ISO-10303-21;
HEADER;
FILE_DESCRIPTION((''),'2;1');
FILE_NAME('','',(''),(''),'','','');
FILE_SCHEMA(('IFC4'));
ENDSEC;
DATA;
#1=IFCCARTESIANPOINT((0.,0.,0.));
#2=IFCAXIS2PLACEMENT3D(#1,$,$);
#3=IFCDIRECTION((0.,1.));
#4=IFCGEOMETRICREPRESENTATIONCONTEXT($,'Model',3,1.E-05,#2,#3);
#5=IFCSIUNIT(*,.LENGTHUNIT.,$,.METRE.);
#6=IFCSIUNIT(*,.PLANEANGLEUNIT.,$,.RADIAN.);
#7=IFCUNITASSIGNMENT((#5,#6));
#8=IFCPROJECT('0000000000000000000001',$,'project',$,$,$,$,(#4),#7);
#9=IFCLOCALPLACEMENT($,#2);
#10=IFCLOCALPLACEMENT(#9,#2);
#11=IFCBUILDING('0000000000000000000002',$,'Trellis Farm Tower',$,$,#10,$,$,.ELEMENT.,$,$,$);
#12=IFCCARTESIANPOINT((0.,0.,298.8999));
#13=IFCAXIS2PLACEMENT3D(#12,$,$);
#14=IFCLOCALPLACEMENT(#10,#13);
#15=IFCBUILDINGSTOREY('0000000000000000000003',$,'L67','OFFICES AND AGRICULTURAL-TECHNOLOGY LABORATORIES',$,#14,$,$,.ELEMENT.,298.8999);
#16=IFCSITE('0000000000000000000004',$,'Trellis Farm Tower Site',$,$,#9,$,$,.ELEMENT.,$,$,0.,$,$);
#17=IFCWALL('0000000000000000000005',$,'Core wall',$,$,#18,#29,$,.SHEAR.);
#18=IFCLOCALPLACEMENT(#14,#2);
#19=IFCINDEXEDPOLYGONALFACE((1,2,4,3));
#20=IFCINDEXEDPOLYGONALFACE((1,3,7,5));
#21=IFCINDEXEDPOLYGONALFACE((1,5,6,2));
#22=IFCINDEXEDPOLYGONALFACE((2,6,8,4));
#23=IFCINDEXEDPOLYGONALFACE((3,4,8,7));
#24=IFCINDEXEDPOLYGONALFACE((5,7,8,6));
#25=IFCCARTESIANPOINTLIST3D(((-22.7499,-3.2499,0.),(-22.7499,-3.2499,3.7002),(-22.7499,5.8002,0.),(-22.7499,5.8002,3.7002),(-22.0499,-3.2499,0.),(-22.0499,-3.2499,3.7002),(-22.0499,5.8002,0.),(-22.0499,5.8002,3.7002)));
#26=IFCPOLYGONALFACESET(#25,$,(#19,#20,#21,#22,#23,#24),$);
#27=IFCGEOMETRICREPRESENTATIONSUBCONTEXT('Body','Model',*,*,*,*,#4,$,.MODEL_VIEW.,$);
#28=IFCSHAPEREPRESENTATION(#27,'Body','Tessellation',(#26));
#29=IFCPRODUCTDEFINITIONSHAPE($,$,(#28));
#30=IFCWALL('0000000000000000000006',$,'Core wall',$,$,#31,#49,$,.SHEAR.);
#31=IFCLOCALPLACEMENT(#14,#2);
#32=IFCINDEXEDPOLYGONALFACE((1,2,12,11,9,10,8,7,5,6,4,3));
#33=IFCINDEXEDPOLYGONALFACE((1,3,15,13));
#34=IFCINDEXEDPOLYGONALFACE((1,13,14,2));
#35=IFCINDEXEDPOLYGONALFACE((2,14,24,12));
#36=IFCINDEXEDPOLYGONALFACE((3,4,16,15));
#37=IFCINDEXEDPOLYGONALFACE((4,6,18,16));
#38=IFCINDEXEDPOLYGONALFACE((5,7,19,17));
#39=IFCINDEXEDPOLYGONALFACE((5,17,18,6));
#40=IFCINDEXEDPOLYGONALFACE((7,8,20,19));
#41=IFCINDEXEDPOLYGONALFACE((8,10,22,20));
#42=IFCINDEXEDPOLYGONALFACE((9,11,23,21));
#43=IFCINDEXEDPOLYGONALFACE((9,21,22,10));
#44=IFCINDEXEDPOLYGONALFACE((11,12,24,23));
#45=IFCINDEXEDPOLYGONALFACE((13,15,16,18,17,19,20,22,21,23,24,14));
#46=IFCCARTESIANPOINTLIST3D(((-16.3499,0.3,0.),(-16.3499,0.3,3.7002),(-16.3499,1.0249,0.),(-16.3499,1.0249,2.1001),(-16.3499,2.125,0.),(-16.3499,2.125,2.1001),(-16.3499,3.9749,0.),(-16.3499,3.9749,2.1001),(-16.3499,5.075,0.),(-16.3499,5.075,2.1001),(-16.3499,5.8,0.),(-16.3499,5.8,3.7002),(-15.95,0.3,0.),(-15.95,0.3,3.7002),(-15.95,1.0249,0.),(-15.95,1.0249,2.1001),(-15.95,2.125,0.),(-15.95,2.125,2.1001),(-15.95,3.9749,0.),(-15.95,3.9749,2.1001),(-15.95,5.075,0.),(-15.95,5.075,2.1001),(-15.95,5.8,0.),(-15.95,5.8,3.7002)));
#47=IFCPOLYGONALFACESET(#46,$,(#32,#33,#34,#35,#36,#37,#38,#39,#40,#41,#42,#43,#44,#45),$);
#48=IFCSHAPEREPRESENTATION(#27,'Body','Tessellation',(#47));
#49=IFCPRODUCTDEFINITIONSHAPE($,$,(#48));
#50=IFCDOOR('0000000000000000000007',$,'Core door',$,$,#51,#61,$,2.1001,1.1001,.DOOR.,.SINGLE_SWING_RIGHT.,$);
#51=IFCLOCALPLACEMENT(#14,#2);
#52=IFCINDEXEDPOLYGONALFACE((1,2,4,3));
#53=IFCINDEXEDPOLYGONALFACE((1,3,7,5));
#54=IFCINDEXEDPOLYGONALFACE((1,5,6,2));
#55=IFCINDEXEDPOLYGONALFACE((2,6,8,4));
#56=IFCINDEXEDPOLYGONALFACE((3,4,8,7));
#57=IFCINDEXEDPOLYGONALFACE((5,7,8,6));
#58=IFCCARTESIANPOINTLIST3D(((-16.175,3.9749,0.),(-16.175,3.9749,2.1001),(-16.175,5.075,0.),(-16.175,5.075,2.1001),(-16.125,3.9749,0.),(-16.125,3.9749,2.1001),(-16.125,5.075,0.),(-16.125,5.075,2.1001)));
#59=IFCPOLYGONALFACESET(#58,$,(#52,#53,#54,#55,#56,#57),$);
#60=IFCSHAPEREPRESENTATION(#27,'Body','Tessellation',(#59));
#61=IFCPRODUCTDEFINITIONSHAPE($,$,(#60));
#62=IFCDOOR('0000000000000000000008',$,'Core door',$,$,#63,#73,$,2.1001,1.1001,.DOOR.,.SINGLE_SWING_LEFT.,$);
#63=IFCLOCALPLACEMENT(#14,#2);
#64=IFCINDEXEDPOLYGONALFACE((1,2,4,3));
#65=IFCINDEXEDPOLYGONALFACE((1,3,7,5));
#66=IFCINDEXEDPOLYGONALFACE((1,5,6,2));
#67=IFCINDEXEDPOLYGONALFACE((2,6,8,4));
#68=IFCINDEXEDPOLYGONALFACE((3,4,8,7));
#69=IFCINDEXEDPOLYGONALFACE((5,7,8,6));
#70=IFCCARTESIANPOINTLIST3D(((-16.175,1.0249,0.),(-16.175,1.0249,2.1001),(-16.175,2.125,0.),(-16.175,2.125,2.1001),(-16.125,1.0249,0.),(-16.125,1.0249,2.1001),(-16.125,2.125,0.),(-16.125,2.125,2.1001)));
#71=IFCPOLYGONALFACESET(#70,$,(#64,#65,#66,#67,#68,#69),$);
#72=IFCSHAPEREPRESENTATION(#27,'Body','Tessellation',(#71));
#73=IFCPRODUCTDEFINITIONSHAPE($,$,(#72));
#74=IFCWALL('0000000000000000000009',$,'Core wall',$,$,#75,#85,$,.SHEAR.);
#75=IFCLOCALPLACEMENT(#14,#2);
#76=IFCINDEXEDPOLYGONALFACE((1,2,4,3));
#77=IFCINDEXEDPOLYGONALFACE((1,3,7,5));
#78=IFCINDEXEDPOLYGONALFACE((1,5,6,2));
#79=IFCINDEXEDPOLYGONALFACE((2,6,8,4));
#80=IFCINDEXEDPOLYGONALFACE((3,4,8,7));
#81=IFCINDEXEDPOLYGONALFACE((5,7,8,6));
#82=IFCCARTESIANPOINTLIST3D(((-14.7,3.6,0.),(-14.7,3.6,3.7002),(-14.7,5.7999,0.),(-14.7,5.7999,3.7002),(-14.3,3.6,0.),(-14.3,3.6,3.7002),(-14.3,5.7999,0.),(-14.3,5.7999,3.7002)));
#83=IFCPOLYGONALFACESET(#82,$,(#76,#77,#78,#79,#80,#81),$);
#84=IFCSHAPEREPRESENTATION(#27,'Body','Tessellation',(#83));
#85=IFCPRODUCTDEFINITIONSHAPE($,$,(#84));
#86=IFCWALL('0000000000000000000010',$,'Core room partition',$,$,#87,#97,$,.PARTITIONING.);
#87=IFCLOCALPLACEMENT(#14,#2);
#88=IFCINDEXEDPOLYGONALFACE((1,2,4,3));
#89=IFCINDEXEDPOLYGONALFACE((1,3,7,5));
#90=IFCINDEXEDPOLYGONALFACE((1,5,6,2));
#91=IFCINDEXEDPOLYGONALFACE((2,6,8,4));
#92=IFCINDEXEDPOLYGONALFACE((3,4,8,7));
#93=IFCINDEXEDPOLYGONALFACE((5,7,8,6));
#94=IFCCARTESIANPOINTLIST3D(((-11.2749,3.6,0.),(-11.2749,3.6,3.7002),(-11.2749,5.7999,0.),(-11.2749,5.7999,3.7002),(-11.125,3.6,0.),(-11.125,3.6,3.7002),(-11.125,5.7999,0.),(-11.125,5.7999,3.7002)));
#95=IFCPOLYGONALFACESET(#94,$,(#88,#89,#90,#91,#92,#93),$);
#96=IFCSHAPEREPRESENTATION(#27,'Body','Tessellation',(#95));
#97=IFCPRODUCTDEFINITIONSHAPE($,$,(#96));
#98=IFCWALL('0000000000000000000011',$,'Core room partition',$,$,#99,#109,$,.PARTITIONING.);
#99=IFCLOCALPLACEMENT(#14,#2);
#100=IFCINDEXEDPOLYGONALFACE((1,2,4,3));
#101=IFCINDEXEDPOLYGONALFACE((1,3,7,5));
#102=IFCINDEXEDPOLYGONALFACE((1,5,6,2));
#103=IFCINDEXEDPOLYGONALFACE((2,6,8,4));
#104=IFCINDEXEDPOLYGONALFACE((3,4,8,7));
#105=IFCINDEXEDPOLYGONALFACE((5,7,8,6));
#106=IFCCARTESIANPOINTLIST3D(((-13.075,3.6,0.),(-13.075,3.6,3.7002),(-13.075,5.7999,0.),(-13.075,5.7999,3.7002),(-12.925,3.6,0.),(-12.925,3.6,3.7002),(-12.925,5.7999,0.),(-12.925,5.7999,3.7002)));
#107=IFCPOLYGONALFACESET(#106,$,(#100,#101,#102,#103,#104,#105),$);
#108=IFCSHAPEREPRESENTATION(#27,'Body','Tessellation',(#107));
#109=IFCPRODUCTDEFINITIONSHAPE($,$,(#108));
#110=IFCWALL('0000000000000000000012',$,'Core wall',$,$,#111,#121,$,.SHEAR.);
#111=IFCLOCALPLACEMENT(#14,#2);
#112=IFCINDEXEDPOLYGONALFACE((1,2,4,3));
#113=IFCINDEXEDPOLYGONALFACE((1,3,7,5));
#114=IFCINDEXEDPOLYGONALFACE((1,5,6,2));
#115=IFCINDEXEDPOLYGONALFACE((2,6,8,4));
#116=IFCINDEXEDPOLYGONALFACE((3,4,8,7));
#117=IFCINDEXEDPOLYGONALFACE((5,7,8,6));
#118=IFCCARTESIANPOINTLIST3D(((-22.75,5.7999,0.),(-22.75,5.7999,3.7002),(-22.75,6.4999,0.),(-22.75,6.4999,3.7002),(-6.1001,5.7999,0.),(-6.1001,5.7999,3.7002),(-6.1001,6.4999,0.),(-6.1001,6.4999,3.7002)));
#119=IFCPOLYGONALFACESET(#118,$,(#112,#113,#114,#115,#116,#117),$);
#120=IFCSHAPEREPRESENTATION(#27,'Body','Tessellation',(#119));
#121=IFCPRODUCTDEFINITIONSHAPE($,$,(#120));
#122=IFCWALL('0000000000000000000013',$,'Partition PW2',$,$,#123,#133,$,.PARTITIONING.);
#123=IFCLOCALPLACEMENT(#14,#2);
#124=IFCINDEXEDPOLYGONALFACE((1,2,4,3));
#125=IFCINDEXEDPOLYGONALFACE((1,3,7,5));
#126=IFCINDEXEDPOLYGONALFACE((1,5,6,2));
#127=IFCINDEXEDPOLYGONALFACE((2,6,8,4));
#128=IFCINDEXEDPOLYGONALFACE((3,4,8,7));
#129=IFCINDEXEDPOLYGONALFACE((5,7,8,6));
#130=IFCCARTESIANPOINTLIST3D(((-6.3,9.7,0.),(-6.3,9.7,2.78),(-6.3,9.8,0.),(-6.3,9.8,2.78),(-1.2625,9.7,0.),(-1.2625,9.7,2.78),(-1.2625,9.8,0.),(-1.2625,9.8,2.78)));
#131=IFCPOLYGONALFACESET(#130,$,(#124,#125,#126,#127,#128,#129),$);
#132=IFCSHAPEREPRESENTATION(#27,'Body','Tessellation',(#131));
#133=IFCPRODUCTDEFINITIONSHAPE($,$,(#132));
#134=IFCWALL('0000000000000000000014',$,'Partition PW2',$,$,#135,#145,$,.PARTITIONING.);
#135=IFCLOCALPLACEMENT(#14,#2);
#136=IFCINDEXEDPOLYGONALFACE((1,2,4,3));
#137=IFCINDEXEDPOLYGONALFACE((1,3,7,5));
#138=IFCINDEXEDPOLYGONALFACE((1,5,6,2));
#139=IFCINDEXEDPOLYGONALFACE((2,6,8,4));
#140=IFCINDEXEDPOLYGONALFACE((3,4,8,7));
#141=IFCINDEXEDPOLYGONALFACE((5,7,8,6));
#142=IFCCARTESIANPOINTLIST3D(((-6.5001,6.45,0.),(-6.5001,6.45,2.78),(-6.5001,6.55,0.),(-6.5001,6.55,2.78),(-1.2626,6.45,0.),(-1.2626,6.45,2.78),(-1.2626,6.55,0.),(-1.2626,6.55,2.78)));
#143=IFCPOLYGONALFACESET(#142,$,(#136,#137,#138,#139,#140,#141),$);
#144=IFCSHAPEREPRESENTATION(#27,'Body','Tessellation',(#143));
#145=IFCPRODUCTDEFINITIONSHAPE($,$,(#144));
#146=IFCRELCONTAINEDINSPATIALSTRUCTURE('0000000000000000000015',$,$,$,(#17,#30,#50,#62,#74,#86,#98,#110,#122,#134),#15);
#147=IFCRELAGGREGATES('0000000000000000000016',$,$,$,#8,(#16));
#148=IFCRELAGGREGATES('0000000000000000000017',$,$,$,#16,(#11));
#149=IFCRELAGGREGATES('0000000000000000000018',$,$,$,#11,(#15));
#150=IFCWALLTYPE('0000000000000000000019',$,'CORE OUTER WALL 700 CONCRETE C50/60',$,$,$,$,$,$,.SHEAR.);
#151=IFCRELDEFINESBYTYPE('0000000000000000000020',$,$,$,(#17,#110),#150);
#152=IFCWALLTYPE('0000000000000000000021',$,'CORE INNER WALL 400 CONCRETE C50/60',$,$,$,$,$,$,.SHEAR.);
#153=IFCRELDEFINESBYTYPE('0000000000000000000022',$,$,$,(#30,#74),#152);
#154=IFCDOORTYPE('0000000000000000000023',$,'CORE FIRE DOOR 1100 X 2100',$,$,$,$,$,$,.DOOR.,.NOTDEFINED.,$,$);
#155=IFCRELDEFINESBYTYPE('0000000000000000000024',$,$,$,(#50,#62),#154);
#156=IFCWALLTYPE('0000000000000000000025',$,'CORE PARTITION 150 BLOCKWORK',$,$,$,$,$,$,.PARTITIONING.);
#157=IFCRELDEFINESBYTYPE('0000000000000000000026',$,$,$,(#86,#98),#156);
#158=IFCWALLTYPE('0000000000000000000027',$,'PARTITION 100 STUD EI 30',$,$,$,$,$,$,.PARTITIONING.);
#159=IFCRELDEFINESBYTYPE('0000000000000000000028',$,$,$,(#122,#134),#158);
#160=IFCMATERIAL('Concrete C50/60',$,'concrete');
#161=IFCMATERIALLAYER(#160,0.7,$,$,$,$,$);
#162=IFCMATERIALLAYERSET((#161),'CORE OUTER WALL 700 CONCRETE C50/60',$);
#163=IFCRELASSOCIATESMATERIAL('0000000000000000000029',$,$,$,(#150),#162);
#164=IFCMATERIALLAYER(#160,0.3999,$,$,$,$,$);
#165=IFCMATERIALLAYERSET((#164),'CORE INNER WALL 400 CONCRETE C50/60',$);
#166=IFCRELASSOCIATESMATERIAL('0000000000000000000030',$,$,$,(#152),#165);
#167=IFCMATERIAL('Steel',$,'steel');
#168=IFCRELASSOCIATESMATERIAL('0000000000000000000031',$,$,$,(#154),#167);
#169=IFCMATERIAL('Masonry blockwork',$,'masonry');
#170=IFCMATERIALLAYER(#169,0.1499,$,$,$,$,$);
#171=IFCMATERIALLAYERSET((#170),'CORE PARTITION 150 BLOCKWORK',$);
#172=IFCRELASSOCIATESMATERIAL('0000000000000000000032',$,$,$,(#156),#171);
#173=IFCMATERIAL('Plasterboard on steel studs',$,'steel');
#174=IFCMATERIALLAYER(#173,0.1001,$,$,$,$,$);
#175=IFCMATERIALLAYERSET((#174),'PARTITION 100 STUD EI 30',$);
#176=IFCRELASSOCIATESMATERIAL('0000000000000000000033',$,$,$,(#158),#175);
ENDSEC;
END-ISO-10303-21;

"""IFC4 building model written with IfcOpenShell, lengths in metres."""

from ifc_helpers import new_model, si_unit, direction, frame, frame_2d, origin, place, context, subcontext, project, spatial, rectangle, extrude, source, transform, mapped, material, layer, layer_set, type_object, element, fill, save


model = new_model("IFC4")

# Units and contexts
model_context = context("Model", 3, precision=1e-05, world=origin(), true_north=direction((0.0, 1.0)))
body_context = subcontext(model_context, "Body", "Model", "MODEL_VIEW")
ifc_project = project(units=[si_unit("LENGTHUNIT", "METRE"), si_unit("PLANEANGLEUNIT", "RADIAN")], contexts=[model_context])

# Site, building, storey
site_placement = place(None, origin())
site = spatial("IfcSite", under=ifc_project, at=site_placement, Name="Trellis Farm Tower Site", CompositionType="ELEMENT", RefElevation=0.0)
building_placement = place(site_placement, origin())
building = spatial("IfcBuilding", under=site, at=building_placement, Name="Trellis Farm Tower", CompositionType="ELEMENT")
storey_placement = place(building_placement, frame((0.0, 0.0, 298.8999)))
storey = spatial("IfcBuildingStorey", under=building, at=storey_placement, Name="L67", Description="OFFICES AND AGRICULTURAL-TECHNOLOGY LABORATORIES", CompositionType="ELEMENT", Elevation=298.8999)

# Shared definitions
ifc_material_1 = material(Name="Concrete C50/60", Category="concrete")
ifc_layer_1 = layer(ifc_material_1, 0.7)
ifc_layer_set_1 = layer_set([ifc_layer_1], Name="CORE OUTER WALL 700 CONCRETE C50/60")
wall_type_1 = type_object("IfcWallType", Name="CORE OUTER WALL 700 CONCRETE C50/60", PredefinedType="SHEAR", material=ifc_layer_set_1)
shared_shape_1 = source(origin(), body_context, "Body", "SweptSolid", [
    extrude(rectangle(XDim=9.05, YDim=0.7, at=frame_2d((4.5249, 0.0))), origin(), (0.0, 0.0, 1.0), 3.7002),
])
ifc_material_2 = material(Name="Steel", Category="steel")

# Wall
wall_1_placement = place(storey_placement, frame((-22.3999, 5.8, 0.0), z_axis=(0.0, 0.0, 1.0), x_axis=(0.0, -1.0, 0.0)))
element("IfcWall", 1, at=wall_1_placement, inside=storey, type_object=wall_type_1, Name="Core wall", PredefinedType="SHEAR", context=body_context, shape_type="MappedRepresentation", body=[
    mapped(shared_shape_1, transform((0.0, 0.0, 0.0))),
])

# Wall, openings, doors
ifc_layer_2 = layer(ifc_material_1, 0.3999)
ifc_layer_set_2 = layer_set([ifc_layer_2], Name="CORE INNER WALL 400 CONCRETE C50/60")
wall_type_2 = type_object("IfcWallType", Name="CORE INNER WALL 400 CONCRETE C50/60", PredefinedType="SHEAR", material=ifc_layer_set_2)
shared_shape_2 = source(origin(), body_context, "Body", "SweptSolid", [
    extrude(rectangle(XDim=5.5, YDim=0.3999, at=frame_2d((2.75, 0.0))), origin(), (0.0, 0.0, 1.0), 3.7002),
])
wall_2_placement = place(storey_placement, frame((-16.1499, 5.8, 0.0), z_axis=(0.0, 0.0, 1.0), x_axis=(0.0, -1.0, 0.0)))
wall_2 = element("IfcWall", 2, at=wall_2_placement, inside=storey, type_object=wall_type_2, Name="Core wall", PredefinedType="SHEAR", context=body_context, shape_type="MappedRepresentation", body=[
    mapped(shared_shape_2, transform((0.0, 0.0, 0.0))),
])
shared_shape_3 = source(origin(), body_context, "Body", "SweptSolid", [
    extrude(rectangle(XDim=1.1001, YDim=2.1001, at=frame_2d((0.55, 1.05))), frame((0.0, 0.21, 0.0), z_axis=(0.0, -1.0, 0.0), x_axis=(1.0, 0.0, 0.0)), (0.0, 0.0, 1.0), 0.4199),
])
opening_1_placement = place(wall_2_placement, frame((0.7251, 0.0, 0.0)))
opening_1 = element("IfcOpeningElement", 3, at=opening_1_placement, cuts=wall_2, PredefinedType="OPENING", context=body_context, shape_type="MappedRepresentation", body=[
    mapped(shared_shape_3, transform((0.0, 0.0, 0.0))),
])
opening_2_placement = place(wall_2_placement, frame((3.675, 0.0, 0.0)))
opening_2 = element("IfcOpeningElement", 4, at=opening_2_placement, cuts=wall_2, PredefinedType="OPENING", context=body_context, shape_type="MappedRepresentation", body=[
    mapped(shared_shape_3, transform((0.0, 0.0, 0.0))),
])
door_type_1 = type_object("IfcDoorType", Name="CORE FIRE DOOR 1100 X 2100", OperationType="NOTDEFINED", PredefinedType="DOOR", material=ifc_material_2)
shared_shape_4 = source(origin(), body_context, "Body", "SweptSolid", [
    extrude(rectangle(XDim=1.1001, YDim=2.1001, at=frame_2d((0.55, 1.05))), frame((0.0, 0.0249, 0.0), z_axis=(0.0, -1.0, 0.0), x_axis=(1.0, 0.0, 0.0)), (0.0, 0.0, 1.0), 0.05),
])
door_1_placement = place(opening_1_placement, origin())
door_1 = element("IfcDoor", 5, at=door_1_placement, inside=storey, type_object=door_type_1, Name="Core door", OperationType="SINGLE_SWING_RIGHT", OverallHeight=2.1001, OverallWidth=1.1001, PredefinedType="DOOR", context=body_context, shape_type="MappedRepresentation", body=[
    mapped(shared_shape_4, transform((0.0, 0.0, 0.0))),
])
fill(opening_1, door_1)
door_2_placement = place(opening_2_placement, origin())
door_2 = element("IfcDoor", 6, at=door_2_placement, inside=storey, type_object=door_type_1, Name="Core door", OperationType="SINGLE_SWING_LEFT", OverallHeight=2.1001, OverallWidth=1.1001, PredefinedType="DOOR", context=body_context, shape_type="MappedRepresentation", body=[
    mapped(shared_shape_4, transform((0.0, 0.0, 0.0))),
])
fill(opening_2, door_2)

# Walls
shared_shape_5 = source(origin(), body_context, "Body", "SweptSolid", [
    extrude(rectangle(XDim=2.2, YDim=0.3999, at=frame_2d((1.1001, 0.0))), origin(), (0.0, 0.0, 1.0), 3.7002),
])
wall_3_placement = place(storey_placement, frame((-14.5, 5.8, 0.0), z_axis=(0.0, 0.0, 1.0), x_axis=(0.0, -1.0, 0.0)))
element("IfcWall", 7, at=wall_3_placement, inside=storey, type_object=wall_type_2, Name="Core wall", PredefinedType="SHEAR", context=body_context, shape_type="MappedRepresentation", body=[
    mapped(shared_shape_5, transform((0.0, 0.0, 0.0))),
])
ifc_material_3 = material(Name="Masonry blockwork", Category="masonry")
ifc_layer_3 = layer(ifc_material_3, 0.1499)
ifc_layer_set_3 = layer_set([ifc_layer_3], Name="CORE PARTITION 150 BLOCKWORK")
wall_type_3 = type_object("IfcWallType", Name="CORE PARTITION 150 BLOCKWORK", PredefinedType="PARTITIONING", material=ifc_layer_set_3)
shared_shape_6 = source(origin(), body_context, "Body", "SweptSolid", [
    extrude(rectangle(XDim=2.2, YDim=0.1499, at=frame_2d((1.1001, 0.0))), origin(), (0.0, 0.0, 1.0), 3.7002),
])
for number, where, z_axis, x_axis, name in (
    (8, (-11.2, 5.8, 0.0), (0.0, 0.0, 1.0), (0.0, -1.0, 0.0), "Core room partition"),
    (9, (-13.0, 5.8, 0.0), (0.0, 0.0, 1.0), (0.0, -1.0, 0.0), "Core room partition"),
):
    element("IfcWall", number, at=place(storey_placement, frame(where, z_axis=z_axis, x_axis=x_axis)), inside=storey, type_object=wall_type_3, Name=name, PredefinedType="PARTITIONING", context=body_context, shape_type="MappedRepresentation", body=[
        mapped(shared_shape_6, transform((0.0, 0.0, 0.0))),
    ])
shared_shape_7 = source(origin(), body_context, "Body", "SweptSolid", [
    extrude(rectangle(XDim=16.6499, YDim=0.7, at=frame_2d((8.325, 0.0))), origin(), (0.0, 0.0, 1.0), 3.7002),
])
wall_4_placement = place(storey_placement, frame((-6.1001, 6.1499, 0.0), z_axis=(0.0, 0.0, 1.0), x_axis=(-1.0, 0.0, 0.0)))
element("IfcWall", 10, at=wall_4_placement, inside=storey, type_object=wall_type_1, Name="Core wall", PredefinedType="SHEAR", context=body_context, shape_type="MappedRepresentation", body=[
    mapped(shared_shape_7, transform((0.0, 0.0, 0.0))),
])
ifc_material_4 = material(Name="Plasterboard on steel studs", Category="steel")
ifc_layer_4 = layer(ifc_material_4, 0.1001)
ifc_layer_set_4 = layer_set([ifc_layer_4], Name="PARTITION 100 STUD EI 30")
wall_type_4 = type_object("IfcWallType", Name="PARTITION 100 STUD EI 30", PredefinedType="PARTITIONING", material=ifc_layer_set_4)
shared_shape_8 = source(origin(), body_context, "Body", "SweptSolid", [
    extrude(rectangle(XDim=5.0376, YDim=0.1001, at=frame_2d((2.5188, 0.0))), origin(), (0.0, 0.0, 1.0), 2.78),
])
wall_5_placement = place(storey_placement, frame((-6.3, 9.75, 0.0), z_axis=(0.0, 0.0, 1.0), x_axis=(1.0, 0.0, 0.0)))
element("IfcWall", 11, at=wall_5_placement, inside=storey, type_object=wall_type_4, Name="Partition PW2", PredefinedType="PARTITIONING", context=body_context, shape_type="MappedRepresentation", body=[
    mapped(shared_shape_8, transform((0.0, 0.0, 0.0))),
])
shared_shape_9 = source(origin(), body_context, "Body", "SweptSolid", [
    extrude(rectangle(XDim=5.2375, YDim=0.1001, at=frame_2d((2.6187, 0.0))), origin(), (0.0, 0.0, 1.0), 2.78),
])
wall_6_placement = place(storey_placement, frame((-6.5, 6.5, 0.0), z_axis=(0.0, 0.0, 1.0), x_axis=(1.0, 0.0, 0.0)))
element("IfcWall", 12, at=wall_6_placement, inside=storey, type_object=wall_type_4, Name="Partition PW2", PredefinedType="PARTITIONING", context=body_context, shape_type="MappedRepresentation", body=[
    mapped(shared_shape_9, transform((0.0, 0.0, 0.0))),
])

save(model, "model.ifc")
